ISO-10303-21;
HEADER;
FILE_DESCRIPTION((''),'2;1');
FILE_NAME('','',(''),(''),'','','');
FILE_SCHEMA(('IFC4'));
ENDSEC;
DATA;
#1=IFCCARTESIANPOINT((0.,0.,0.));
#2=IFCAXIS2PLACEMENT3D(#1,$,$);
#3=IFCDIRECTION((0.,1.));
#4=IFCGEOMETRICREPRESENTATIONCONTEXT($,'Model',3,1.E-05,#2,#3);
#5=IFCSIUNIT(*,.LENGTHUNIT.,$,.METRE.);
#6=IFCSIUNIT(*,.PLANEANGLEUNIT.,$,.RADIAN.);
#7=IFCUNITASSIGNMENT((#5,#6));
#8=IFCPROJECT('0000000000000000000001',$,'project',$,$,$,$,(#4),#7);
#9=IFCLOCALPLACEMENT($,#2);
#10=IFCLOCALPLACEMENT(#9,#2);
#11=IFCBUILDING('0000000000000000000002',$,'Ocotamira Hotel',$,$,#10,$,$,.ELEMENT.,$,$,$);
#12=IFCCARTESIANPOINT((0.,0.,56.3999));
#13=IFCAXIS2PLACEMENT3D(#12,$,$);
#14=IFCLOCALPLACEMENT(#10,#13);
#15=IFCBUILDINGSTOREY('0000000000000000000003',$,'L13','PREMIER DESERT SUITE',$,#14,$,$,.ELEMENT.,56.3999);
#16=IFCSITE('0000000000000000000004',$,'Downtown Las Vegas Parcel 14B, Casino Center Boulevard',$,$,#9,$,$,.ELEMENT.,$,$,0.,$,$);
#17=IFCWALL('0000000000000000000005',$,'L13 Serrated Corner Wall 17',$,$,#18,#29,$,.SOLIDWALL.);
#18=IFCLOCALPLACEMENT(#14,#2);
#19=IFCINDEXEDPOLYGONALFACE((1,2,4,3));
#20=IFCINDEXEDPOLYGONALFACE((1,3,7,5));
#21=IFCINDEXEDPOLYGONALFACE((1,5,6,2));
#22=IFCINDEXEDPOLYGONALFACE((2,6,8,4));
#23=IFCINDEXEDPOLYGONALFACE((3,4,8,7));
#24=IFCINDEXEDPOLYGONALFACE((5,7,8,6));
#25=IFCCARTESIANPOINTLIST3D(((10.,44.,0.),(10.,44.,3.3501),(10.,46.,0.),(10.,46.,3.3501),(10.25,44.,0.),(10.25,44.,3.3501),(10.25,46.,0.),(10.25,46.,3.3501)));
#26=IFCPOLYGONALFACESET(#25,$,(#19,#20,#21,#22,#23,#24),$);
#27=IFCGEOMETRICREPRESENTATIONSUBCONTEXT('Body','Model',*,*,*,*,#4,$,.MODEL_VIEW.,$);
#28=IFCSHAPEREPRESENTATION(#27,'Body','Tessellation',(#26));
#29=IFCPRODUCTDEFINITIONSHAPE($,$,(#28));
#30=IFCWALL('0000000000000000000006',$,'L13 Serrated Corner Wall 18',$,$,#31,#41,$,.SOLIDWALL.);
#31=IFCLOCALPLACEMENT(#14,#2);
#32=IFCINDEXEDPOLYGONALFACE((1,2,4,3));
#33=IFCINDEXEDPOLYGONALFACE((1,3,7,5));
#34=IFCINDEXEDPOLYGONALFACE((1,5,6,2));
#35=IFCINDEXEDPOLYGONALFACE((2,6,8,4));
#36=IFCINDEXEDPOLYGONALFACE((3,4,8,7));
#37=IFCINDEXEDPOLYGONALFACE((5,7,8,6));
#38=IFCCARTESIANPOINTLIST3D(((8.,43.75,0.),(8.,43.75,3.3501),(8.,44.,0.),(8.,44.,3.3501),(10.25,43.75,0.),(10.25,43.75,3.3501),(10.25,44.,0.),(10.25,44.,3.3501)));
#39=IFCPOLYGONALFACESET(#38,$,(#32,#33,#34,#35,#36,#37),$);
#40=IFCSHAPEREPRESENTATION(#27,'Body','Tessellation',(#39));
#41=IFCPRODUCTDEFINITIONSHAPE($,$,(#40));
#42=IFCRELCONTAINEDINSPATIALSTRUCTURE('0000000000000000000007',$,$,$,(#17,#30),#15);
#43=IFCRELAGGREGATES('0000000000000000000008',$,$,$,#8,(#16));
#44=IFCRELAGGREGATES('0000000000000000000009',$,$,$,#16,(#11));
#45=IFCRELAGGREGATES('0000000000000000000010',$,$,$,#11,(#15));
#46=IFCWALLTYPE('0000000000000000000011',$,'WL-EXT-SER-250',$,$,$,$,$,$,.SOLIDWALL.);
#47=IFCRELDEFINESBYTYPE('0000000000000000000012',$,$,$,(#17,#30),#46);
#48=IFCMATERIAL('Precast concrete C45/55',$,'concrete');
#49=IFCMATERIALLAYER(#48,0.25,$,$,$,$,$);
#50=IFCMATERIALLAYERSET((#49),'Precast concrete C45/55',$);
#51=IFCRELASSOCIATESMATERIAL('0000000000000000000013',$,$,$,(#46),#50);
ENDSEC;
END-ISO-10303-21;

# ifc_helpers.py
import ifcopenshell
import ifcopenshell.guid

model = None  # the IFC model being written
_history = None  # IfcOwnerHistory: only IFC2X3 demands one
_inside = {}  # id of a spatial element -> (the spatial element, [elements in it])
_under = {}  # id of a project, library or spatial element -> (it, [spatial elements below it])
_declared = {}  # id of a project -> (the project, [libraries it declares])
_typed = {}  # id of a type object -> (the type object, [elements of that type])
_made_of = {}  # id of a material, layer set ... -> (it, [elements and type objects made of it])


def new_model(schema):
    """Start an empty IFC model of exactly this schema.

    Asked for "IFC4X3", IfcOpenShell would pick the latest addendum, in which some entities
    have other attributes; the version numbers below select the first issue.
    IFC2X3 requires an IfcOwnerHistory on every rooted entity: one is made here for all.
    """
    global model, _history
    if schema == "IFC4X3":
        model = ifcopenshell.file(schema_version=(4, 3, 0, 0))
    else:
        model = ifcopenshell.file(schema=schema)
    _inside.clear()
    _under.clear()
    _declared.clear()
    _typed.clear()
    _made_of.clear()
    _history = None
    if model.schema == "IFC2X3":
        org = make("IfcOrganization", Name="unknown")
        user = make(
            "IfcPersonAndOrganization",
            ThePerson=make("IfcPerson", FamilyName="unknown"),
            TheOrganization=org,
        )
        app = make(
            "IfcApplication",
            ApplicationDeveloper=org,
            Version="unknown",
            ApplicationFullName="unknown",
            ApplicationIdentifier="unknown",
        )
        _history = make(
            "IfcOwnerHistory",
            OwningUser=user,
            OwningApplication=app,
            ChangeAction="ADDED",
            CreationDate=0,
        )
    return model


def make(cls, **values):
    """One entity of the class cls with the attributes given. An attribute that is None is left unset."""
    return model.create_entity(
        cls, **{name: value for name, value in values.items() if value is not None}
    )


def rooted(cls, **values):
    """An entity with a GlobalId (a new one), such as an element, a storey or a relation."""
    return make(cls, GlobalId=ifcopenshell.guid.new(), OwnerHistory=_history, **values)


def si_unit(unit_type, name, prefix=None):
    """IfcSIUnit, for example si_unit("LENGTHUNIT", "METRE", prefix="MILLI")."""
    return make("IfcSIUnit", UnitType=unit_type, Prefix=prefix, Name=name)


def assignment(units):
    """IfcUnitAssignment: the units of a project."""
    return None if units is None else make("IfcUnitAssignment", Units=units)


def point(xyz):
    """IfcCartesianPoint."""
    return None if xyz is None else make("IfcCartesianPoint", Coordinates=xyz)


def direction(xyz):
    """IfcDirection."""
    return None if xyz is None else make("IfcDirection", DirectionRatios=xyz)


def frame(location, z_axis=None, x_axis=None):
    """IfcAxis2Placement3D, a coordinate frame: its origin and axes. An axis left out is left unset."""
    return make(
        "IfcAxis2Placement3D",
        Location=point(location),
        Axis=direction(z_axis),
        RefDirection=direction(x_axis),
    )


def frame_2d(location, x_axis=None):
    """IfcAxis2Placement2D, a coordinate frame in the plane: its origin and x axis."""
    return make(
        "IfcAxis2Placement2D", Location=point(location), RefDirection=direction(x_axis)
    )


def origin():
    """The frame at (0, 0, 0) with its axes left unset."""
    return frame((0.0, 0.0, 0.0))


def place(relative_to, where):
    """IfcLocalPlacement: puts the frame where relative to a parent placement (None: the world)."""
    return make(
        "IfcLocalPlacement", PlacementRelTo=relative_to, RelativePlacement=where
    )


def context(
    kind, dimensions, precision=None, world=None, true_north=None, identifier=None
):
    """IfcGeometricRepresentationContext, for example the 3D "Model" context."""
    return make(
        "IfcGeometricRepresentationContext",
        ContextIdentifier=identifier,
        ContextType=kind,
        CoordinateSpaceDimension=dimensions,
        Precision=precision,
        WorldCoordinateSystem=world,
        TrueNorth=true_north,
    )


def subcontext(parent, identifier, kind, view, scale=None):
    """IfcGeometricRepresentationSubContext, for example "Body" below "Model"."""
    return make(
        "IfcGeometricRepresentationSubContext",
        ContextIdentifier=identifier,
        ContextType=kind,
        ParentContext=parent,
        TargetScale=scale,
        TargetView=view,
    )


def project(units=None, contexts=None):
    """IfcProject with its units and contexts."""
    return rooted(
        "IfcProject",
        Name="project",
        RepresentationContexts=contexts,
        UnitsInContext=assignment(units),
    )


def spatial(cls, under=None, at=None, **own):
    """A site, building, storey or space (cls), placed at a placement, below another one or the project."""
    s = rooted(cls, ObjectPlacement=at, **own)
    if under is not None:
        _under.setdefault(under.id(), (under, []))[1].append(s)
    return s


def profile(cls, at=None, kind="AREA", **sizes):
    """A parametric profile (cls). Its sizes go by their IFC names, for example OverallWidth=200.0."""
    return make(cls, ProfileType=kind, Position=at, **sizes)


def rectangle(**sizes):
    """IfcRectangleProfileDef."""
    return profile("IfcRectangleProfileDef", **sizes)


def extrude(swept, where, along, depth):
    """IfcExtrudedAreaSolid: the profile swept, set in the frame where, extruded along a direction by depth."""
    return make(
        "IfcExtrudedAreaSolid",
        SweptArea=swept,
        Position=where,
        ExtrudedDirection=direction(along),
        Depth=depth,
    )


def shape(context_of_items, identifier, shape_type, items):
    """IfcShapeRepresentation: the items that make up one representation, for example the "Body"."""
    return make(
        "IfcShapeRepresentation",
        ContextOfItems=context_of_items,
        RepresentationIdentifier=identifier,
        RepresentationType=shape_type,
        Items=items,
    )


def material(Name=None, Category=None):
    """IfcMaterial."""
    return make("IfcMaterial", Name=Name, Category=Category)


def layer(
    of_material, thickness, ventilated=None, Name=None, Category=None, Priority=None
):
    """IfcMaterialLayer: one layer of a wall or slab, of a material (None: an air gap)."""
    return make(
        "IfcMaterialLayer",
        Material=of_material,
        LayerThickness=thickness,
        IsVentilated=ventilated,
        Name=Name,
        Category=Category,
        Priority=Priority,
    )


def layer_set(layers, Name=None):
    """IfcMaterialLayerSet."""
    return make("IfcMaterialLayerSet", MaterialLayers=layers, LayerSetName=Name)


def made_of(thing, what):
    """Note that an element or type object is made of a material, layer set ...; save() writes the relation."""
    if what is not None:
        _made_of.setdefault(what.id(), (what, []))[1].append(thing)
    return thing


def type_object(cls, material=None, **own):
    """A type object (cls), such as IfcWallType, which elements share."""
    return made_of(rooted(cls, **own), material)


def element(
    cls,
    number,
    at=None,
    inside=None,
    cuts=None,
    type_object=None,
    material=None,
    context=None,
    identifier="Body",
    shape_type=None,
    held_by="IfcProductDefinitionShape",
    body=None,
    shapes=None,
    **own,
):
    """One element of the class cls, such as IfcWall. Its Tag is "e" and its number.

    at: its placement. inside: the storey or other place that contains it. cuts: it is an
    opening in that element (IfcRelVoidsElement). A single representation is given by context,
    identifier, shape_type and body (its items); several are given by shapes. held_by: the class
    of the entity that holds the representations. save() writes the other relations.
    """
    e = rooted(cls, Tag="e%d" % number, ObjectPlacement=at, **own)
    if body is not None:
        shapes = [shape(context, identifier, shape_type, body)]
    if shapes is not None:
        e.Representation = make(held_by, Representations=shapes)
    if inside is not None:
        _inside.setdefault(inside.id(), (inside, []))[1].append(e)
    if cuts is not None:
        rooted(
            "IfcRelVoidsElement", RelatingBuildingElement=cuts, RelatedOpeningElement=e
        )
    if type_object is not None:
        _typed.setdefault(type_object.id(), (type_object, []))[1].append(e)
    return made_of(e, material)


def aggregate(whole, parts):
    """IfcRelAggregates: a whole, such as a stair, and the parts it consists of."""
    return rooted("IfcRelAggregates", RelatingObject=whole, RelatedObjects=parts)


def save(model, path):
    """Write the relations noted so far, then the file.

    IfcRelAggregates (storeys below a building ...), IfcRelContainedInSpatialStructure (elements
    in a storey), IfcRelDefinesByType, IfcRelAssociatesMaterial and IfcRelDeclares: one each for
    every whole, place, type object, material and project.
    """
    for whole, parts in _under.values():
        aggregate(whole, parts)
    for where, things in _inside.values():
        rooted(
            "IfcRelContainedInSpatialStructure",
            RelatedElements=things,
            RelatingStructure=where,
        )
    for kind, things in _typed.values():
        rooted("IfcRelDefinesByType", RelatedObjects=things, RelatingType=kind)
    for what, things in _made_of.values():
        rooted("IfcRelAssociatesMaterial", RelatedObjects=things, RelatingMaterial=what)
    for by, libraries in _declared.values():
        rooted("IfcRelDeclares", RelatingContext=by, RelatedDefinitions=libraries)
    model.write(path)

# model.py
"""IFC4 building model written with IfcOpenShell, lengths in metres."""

from ifc_helpers import new_model, si_unit, direction, frame, frame_2d, origin, place, context, subcontext, project, spatial, rectangle, extrude, material, layer, layer_set, type_object, element, save


model = new_model("IFC4")

# Units and contexts
model_context = context("Model", 3, precision=1e-05, world=origin(), true_north=direction((0.0, 1.0)))
body_context = subcontext(model_context, "Body", "Model", "MODEL_VIEW")
ifc_project = project(units=[si_unit("LENGTHUNIT", "METRE"), si_unit("PLANEANGLEUNIT", "RADIAN")], contexts=[model_context])

# Site, building, storey
site_placement = place(None, origin())
site = spatial("IfcSite", under=ifc_project, at=site_placement, Name="Downtown Las Vegas Parcel 14B, Casino Center Boulevard", CompositionType="ELEMENT", RefElevation=0.0)
building_placement = place(site_placement, origin())
building = spatial("IfcBuilding", under=site, at=building_placement, Name="Ocotamira Hotel", CompositionType="ELEMENT")
storey_placement = place(building_placement, frame((0.0, 0.0, 56.3999)))
storey = spatial("IfcBuildingStorey", under=building, at=storey_placement, Name="L13", Description="PREMIER DESERT SUITE", CompositionType="ELEMENT", Elevation=56.3999)

# Shared definitions
ifc_material_1 = material(Name="Precast concrete C45/55", Category="concrete")
ifc_layer_1 = layer(ifc_material_1, 0.25)
ifc_layer_set_1 = layer_set([ifc_layer_1], Name="Precast concrete C45/55")
wall_type_1 = type_object("IfcWallType", Name="WL-EXT-SER-250", PredefinedType="SOLIDWALL", material=ifc_layer_set_1)

# Walls
for number, where, z_axis, x_axis, name in (
    (1, (10.125, 46.0, 0.0), (0.0, 0.0, 1.0), (0.0, -1.0, 0.0), "L13 Serrated Corner Wall 17"),
):
    element("IfcWall", number, at=place(storey_placement, frame(where, z_axis=z_axis, x_axis=x_axis)), inside=storey, type_object=wall_type_1, Name=name, PredefinedType="SOLIDWALL", context=body_context, shape_type="SweptSolid", body=[
        extrude(rectangle(XDim=2.0, YDim=0.25, at=frame_2d((1.0, 0.0))), origin(), (0.0, 0.0, 1.0), 3.3501),
    ])
wall_1_placement = place(storey_placement, frame((10.25, 43.875, 0.0), z_axis=(0.0, 0.0, 1.0), x_axis=(-1.0, 0.0, 0.0)))
element("IfcWall", 2, at=wall_1_placement, inside=storey, type_object=wall_type_1, Name="L13 Serrated Corner Wall 18", PredefinedType="SOLIDWALL", context=body_context, shape_type="SweptSolid", body=[
    extrude(rectangle(XDim=2.25, YDim=0.25, at=frame_2d((1.125, 0.0))), origin(), (0.0, 0.0, 1.0), 3.3501),
])

save(model, "model.ifc")
